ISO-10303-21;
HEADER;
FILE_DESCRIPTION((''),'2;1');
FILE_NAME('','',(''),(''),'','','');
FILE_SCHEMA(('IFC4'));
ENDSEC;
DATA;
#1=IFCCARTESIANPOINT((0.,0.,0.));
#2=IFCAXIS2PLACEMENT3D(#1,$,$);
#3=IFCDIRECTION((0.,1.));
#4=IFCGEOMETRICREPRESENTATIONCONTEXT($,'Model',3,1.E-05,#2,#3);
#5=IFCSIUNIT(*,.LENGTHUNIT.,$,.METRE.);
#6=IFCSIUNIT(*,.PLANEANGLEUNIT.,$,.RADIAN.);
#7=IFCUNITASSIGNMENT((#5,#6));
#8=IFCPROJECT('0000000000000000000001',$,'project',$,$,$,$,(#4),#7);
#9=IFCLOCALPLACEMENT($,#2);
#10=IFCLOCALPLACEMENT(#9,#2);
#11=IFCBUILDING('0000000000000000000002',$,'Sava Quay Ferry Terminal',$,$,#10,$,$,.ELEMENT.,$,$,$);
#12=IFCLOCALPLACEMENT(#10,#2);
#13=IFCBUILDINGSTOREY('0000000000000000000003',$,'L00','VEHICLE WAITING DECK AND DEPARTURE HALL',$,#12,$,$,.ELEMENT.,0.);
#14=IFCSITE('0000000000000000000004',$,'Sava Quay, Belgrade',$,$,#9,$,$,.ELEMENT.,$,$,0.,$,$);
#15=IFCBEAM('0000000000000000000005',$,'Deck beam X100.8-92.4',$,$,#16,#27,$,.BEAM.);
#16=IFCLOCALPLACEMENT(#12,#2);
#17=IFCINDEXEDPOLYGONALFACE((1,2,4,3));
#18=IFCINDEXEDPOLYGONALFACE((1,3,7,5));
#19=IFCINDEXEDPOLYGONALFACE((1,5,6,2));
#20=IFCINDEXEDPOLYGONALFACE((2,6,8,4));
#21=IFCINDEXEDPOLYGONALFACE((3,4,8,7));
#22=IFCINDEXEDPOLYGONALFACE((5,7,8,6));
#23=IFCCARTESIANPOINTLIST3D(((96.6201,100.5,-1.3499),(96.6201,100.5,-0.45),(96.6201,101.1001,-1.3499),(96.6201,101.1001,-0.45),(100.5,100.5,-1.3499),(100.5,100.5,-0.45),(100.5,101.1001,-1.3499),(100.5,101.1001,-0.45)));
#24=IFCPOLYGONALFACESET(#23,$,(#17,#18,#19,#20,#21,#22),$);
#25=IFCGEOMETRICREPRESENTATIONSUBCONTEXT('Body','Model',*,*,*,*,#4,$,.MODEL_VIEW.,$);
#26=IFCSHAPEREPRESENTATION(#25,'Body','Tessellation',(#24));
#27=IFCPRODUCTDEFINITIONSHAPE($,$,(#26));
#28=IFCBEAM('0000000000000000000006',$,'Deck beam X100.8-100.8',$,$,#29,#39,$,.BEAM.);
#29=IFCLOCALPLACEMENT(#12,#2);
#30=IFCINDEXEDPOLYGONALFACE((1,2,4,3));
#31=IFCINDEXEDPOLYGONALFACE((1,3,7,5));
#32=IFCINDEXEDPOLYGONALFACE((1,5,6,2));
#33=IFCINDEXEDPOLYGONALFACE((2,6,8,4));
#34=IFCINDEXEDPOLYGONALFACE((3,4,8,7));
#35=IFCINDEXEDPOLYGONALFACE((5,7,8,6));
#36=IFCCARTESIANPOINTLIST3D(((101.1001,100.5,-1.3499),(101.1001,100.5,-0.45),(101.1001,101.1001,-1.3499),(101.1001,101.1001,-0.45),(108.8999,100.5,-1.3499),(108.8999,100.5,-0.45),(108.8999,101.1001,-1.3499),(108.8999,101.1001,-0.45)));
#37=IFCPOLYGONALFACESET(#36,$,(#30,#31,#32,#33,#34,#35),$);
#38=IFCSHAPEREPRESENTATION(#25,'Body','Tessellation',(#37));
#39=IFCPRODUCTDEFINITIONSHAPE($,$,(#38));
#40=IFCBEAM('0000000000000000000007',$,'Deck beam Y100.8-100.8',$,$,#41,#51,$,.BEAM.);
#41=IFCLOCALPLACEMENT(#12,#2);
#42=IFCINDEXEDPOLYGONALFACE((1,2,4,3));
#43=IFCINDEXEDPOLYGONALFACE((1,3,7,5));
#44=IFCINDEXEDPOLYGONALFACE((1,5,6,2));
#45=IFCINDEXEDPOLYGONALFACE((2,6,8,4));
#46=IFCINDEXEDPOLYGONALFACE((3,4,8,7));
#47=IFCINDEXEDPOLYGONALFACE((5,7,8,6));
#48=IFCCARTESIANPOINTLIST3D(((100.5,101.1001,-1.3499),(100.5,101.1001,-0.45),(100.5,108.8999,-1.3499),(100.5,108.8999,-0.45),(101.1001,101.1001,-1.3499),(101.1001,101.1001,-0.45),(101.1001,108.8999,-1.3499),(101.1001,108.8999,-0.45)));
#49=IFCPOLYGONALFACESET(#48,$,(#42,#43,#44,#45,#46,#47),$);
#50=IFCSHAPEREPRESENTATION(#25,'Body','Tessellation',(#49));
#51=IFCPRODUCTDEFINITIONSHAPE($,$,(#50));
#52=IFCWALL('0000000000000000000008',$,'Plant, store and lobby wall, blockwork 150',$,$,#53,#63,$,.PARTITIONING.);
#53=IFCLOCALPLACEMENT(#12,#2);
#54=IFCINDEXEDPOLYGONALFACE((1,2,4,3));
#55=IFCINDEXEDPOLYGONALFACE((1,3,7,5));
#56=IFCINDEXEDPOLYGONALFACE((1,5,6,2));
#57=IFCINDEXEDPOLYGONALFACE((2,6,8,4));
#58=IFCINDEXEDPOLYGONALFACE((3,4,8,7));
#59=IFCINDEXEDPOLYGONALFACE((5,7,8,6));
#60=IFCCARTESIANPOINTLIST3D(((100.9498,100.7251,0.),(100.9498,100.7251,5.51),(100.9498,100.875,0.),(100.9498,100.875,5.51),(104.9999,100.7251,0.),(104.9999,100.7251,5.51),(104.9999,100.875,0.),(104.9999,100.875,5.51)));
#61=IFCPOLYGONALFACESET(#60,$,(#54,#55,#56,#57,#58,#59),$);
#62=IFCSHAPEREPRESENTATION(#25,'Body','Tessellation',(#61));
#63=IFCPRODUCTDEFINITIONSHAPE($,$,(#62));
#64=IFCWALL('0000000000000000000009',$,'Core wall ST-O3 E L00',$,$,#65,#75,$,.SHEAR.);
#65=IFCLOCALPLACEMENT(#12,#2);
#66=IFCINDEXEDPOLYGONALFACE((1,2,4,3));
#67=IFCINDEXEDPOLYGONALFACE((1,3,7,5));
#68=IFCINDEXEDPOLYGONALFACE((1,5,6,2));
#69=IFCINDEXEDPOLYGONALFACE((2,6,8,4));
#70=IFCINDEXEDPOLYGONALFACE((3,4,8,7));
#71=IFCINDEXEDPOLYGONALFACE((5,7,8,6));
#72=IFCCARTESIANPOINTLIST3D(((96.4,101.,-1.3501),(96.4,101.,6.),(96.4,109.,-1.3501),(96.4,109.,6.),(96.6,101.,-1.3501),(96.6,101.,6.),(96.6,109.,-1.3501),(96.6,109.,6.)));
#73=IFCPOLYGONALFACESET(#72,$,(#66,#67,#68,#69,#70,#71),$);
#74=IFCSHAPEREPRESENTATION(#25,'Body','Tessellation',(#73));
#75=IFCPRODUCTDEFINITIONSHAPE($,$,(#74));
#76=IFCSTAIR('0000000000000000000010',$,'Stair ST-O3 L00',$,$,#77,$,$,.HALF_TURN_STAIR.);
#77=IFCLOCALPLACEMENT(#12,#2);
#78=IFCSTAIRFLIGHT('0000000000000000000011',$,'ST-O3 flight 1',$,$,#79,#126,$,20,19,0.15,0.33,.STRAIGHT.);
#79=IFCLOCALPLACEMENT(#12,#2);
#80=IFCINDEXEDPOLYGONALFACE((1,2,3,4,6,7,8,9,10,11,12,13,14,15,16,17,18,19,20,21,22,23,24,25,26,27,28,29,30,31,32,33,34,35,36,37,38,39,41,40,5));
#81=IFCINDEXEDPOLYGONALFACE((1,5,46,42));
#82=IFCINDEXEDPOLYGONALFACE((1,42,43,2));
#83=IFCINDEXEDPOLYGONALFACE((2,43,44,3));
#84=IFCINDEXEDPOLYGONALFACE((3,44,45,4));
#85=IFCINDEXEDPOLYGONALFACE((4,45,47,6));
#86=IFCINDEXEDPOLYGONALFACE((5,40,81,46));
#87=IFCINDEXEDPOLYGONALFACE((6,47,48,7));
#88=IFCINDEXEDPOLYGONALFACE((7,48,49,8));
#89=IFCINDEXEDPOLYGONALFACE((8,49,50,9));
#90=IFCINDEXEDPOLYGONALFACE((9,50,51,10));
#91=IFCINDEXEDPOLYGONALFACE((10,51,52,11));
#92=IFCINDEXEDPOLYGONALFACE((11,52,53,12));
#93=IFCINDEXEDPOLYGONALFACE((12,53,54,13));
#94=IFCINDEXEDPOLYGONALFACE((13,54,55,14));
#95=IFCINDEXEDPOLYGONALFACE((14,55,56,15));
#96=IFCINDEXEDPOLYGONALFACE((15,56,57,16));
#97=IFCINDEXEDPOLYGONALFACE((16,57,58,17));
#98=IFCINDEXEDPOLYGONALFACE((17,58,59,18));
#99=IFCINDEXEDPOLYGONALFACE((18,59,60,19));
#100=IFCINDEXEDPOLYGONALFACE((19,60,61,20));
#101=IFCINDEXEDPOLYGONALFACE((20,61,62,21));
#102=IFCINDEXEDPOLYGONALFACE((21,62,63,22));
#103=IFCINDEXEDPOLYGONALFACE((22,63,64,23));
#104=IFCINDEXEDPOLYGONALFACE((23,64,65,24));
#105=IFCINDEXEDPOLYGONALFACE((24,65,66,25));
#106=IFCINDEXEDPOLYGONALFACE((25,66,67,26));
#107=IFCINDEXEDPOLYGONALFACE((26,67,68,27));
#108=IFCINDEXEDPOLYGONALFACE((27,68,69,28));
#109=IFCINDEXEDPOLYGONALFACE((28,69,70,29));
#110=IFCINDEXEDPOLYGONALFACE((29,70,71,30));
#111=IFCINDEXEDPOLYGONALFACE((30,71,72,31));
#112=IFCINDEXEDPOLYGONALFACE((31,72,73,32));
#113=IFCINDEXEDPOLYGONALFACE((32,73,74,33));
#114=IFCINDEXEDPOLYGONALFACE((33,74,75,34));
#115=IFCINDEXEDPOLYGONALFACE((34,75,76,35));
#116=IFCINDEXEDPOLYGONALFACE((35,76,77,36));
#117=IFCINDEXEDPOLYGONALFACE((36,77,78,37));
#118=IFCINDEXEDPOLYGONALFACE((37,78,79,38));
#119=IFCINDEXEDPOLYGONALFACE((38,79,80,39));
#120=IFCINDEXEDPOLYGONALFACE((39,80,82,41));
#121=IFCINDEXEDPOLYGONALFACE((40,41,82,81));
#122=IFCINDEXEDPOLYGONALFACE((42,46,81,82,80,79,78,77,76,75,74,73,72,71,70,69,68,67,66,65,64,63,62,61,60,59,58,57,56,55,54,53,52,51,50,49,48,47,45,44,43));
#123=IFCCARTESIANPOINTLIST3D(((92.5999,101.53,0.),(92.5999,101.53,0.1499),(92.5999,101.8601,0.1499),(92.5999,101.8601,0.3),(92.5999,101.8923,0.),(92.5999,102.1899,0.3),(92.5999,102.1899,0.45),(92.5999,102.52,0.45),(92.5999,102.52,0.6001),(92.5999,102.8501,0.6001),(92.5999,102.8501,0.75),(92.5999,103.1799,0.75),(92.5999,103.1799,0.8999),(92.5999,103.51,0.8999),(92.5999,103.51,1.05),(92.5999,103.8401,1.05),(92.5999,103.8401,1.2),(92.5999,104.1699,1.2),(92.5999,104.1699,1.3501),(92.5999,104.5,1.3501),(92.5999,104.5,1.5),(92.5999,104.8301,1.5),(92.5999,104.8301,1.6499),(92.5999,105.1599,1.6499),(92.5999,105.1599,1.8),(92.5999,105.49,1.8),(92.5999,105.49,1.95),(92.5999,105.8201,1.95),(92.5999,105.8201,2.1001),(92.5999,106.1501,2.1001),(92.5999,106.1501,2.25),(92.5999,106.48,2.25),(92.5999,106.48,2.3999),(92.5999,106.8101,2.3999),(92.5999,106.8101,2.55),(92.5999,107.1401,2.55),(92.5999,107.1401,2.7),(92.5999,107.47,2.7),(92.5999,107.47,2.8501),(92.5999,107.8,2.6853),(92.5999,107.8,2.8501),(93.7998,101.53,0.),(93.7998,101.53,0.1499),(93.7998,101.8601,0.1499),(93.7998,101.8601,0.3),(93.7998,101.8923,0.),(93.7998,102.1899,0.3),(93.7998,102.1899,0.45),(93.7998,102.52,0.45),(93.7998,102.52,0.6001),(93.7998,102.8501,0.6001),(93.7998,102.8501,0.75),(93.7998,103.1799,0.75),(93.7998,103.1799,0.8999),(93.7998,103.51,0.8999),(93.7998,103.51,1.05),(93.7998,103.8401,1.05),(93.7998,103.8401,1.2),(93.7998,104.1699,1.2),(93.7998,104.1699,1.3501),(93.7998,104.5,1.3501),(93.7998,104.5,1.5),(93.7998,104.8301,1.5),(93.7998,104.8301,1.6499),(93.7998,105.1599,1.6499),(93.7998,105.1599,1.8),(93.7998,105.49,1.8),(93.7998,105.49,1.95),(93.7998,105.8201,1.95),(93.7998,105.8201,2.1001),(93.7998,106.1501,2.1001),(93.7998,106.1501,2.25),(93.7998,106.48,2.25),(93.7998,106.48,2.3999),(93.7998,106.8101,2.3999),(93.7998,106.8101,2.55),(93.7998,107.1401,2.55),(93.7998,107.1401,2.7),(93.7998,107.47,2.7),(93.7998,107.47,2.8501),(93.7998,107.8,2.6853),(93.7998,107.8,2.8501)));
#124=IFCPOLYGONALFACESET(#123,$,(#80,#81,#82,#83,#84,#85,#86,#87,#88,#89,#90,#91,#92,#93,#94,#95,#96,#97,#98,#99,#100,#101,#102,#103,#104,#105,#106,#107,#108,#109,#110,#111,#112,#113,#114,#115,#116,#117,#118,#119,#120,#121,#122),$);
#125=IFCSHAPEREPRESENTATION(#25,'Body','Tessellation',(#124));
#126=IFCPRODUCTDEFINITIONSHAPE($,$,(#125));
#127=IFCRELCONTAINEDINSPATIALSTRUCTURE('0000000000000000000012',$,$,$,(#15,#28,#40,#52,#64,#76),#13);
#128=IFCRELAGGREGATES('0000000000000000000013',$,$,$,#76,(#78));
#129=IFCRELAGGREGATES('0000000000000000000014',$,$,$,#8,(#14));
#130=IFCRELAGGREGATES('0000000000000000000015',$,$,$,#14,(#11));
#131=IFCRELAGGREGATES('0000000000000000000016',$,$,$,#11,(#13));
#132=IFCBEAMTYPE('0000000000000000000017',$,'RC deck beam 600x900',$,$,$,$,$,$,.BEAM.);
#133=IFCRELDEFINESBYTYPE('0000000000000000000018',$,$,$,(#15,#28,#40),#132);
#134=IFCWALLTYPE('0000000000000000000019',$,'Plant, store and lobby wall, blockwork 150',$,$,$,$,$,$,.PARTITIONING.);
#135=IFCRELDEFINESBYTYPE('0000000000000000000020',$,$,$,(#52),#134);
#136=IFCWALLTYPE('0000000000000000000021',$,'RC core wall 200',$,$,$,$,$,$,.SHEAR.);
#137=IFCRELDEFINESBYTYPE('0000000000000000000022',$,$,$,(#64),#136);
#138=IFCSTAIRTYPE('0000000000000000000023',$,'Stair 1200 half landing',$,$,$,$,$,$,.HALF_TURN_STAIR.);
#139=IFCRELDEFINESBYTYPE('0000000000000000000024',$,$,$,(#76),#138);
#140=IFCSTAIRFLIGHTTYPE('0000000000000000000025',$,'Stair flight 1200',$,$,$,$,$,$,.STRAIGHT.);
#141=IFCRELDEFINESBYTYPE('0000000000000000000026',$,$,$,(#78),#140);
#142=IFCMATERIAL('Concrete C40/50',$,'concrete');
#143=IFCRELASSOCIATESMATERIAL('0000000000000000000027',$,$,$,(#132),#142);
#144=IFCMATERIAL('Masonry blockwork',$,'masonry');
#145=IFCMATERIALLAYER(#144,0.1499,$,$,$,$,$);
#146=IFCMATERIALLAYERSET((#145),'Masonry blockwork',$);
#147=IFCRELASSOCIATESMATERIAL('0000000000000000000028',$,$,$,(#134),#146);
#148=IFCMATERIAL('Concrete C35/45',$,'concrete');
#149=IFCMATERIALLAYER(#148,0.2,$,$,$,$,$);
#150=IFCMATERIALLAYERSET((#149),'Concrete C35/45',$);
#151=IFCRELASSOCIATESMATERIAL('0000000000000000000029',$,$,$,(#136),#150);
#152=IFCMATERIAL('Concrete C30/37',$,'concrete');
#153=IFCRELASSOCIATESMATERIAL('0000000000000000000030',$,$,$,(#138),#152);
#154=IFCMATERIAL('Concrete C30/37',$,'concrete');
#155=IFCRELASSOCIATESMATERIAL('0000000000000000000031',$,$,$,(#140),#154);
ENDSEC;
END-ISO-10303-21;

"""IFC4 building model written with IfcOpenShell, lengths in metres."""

from ifc_helpers import new_model, si_unit, direction, frame, frame_2d, origin, origin_2d, place, context, subcontext, project, spatial, polyline, rectangle, outline, extrude, material, layer, layer_set, material_profile, profile_set, type_object, element, aggregate, save


model = new_model("IFC4")

# Units and contexts
model_context = context("Model", 3, precision=1e-05, world=origin(), true_north=direction((0.0, 1.0)))
body_context = subcontext(model_context, "Body", "Model", "MODEL_VIEW")
ifc_project = project(units=[si_unit("LENGTHUNIT", "METRE"), si_unit("PLANEANGLEUNIT", "RADIAN")], contexts=[model_context])

# Site, building, storey
site_placement = place(None, origin())
site = spatial("IfcSite", under=ifc_project, at=site_placement, Name="Sava Quay, Belgrade", CompositionType="ELEMENT", RefElevation=0.0)
building_placement = place(site_placement, origin())
building = spatial("IfcBuilding", under=site, at=building_placement, Name="Sava Quay Ferry Terminal", CompositionType="ELEMENT")
storey_placement = place(building_placement, origin())
storey = spatial("IfcBuildingStorey", under=building, at=storey_placement, Name="L00", Description="VEHICLE WAITING DECK AND DEPARTURE HALL", CompositionType="ELEMENT", Elevation=0.0)

# Beams
ifc_material_1 = material(Name="Concrete C40/50", Category="concrete")
ifc_material_profile_1 = material_profile(ifc_material_1, rectangle(XDim=0.6001, YDim=0.8999, at=origin_2d()), Name="RC 600x900")
ifc_profile_set_1 = profile_set([ifc_material_profile_1], Name="Concrete C40/50")
beam_type = type_object("IfcBeamType", Name="RC deck beam 600x900", PredefinedType="BEAM", material=ifc_profile_set_1)
beam_placement = place(storey_placement, frame((96.6201, 100.8, -0.8999), z_axis=(1.0, 0.0, 0.0), x_axis=(0.0, 1.0, 0.0)))
element("IfcBeam", 1, at=beam_placement, inside=storey, type_object=beam_type, Name="Deck beam X100.8-92.4", PredefinedType="BEAM", context=body_context, shape_type="SweptSolid", body=[
    extrude(rectangle(XDim=0.6001, YDim=0.8999, at=origin_2d()), origin(), (0.0, 0.0, 1.0), 3.8799),
])
for number, where, z_axis, x_axis, name in (
    (2, (101.1001, 100.8, -0.8999), (1.0, 0.0, 0.0), (0.0, 1.0, 0.0), "Deck beam X100.8-100.8"),
    (3, (100.8, 101.1001, -0.8999), (0.0, 1.0, 0.0), (-1.0, 0.0, 0.0), "Deck beam Y100.8-100.8"),
):
    element("IfcBeam", number, at=place(storey_placement, frame(where, z_axis=z_axis, x_axis=x_axis)), inside=storey, type_object=beam_type, Name=name, PredefinedType="BEAM", context=body_context, shape_type="SweptSolid", body=[
        extrude(rectangle(XDim=0.6001, YDim=0.8999, at=origin_2d()), origin(), (0.0, 0.0, 1.0), 7.7998),
    ])

# Wall
ifc_material_2 = material(Name="Masonry blockwork", Category="masonry")
ifc_layer_1 = layer(ifc_material_2, 0.1499)
ifc_layer_set_1 = layer_set([ifc_layer_1], Name="Masonry blockwork")
wall_type_1 = type_object("IfcWallType", Name="Plant, store and lobby wall, blockwork 150", PredefinedType="PARTITIONING", material=ifc_layer_set_1)
wall_1_placement = place(storey_placement, frame((100.95, 100.8, 0.0), z_axis=(0.0, 0.0, 1.0), x_axis=(1.0, 0.0, 0.0)))
element("IfcWall", 4, at=wall_1_placement, inside=storey, type_object=wall_type_1, Name="Plant, store and lobby wall, blockwork 150", PredefinedType="PARTITIONING", context=body_context, shape_type="SweptSolid", body=[
    extrude(rectangle(XDim=4.05, YDim=0.1499, at=frame_2d((2.0249, 0.0))), origin(), (0.0, 0.0, 1.0), 5.51),
])

# Shared definitions
ifc_material_3 = material(Name="Concrete C35/45", Category="concrete")
ifc_layer_2 = layer(ifc_material_3, 0.2)
ifc_layer_set_2 = layer_set([ifc_layer_2], Name="Concrete C35/45")
wall_type_2 = type_object("IfcWallType", Name="RC core wall 200", PredefinedType="SHEAR", material=ifc_layer_set_2)

# Wall
wall_2_placement = place(storey_placement, frame((96.5, 101.0, -1.3501), z_axis=(0.0, 0.0, 1.0), x_axis=(0.0, 1.0, 0.0)))
element("IfcWall", 5, at=wall_2_placement, inside=storey, type_object=wall_type_2, Name="Core wall ST-O3 E L00", PredefinedType="SHEAR", context=body_context, shape_type="SweptSolid", body=[
    extrude(rectangle(XDim=8.0, YDim=0.2, at=frame_2d((4.0, 0.0))), origin(), (0.0, 0.0, 1.0), 7.3501),
])

# Stair, stair flight
ifc_material_4 = material(Name="Concrete C30/37", Category="concrete")
stair_type = type_object("IfcStairType", Name="Stair 1200 half landing", PredefinedType="HALF_TURN_STAIR", material=ifc_material_4)
stair_placement = place(storey_placement, origin())
stair = element("IfcStair", 6, at=stair_placement, inside=storey, type_object=stair_type, Name="Stair ST-O3 L00", PredefinedType="HALF_TURN_STAIR")
ifc_material_5 = material(Name="Concrete C30/37", Category="concrete")
stair_flight_type = type_object("IfcStairFlightType", Name="Stair flight 1200", PredefinedType="STRAIGHT", material=ifc_material_5)
stair_flight_placement = place(storey_placement, frame((93.2, 101.53, 0.0), z_axis=(0.0, 0.0, 1.0), x_axis=(0.0, 1.0, 0.0)))
stair_flight = element("IfcStairFlight", 7, at=stair_flight_placement, type_object=stair_flight_type, Name="ST-O3 flight 1", NumberOfRisers=20, NumberOfTreads=19, PredefinedType="STRAIGHT", RiserHeight=0.15, TreadLength=0.33, context=body_context, shape_type="SweptSolid", body=[
    extrude(outline(polyline([(0.0, 0.0), (0.0, 0.1499), (0.3301, 0.1499), (0.3301, 0.3), (0.6599, 0.3), (0.6599, 0.45), (0.99, 0.45), (0.99, 0.6001), (1.3201, 0.6001), (1.3201, 0.75), (1.6499, 0.75), (1.6499, 0.8999), (1.98, 0.8999), (1.98, 1.05), (2.3101, 1.05), (2.3101, 1.2), (2.6399, 1.2), (2.6399, 1.3501), (2.97, 1.3501), (2.97, 1.5), (3.3, 1.5), (3.3, 1.6499), (3.6299, 1.6499), (3.6299, 1.8), (3.96, 1.8), (3.96, 1.95), (4.29, 1.95), (4.29, 2.1001), (4.6201, 2.1001), (4.6201, 2.25), (4.95, 2.25), (4.95, 2.3999), (5.28, 2.3999), (5.28, 2.55), (5.6101, 2.55), (5.6101, 2.7), (5.9399, 2.7), (5.9399, 2.8501), (6.27, 2.8501), (6.27, 3.0), (6.27, 2.6853), (0.3623, 0.0), (0.0, 0.0)])), frame((0.0, 0.6001, 0.0), z_axis=(0.0, -1.0, 0.0), x_axis=(1.0, 0.0, 0.0)), (0.0, 0.0, 1.0), 1.2),
])
aggregate(stair, [stair_flight])

save(model, "model.ifc")
